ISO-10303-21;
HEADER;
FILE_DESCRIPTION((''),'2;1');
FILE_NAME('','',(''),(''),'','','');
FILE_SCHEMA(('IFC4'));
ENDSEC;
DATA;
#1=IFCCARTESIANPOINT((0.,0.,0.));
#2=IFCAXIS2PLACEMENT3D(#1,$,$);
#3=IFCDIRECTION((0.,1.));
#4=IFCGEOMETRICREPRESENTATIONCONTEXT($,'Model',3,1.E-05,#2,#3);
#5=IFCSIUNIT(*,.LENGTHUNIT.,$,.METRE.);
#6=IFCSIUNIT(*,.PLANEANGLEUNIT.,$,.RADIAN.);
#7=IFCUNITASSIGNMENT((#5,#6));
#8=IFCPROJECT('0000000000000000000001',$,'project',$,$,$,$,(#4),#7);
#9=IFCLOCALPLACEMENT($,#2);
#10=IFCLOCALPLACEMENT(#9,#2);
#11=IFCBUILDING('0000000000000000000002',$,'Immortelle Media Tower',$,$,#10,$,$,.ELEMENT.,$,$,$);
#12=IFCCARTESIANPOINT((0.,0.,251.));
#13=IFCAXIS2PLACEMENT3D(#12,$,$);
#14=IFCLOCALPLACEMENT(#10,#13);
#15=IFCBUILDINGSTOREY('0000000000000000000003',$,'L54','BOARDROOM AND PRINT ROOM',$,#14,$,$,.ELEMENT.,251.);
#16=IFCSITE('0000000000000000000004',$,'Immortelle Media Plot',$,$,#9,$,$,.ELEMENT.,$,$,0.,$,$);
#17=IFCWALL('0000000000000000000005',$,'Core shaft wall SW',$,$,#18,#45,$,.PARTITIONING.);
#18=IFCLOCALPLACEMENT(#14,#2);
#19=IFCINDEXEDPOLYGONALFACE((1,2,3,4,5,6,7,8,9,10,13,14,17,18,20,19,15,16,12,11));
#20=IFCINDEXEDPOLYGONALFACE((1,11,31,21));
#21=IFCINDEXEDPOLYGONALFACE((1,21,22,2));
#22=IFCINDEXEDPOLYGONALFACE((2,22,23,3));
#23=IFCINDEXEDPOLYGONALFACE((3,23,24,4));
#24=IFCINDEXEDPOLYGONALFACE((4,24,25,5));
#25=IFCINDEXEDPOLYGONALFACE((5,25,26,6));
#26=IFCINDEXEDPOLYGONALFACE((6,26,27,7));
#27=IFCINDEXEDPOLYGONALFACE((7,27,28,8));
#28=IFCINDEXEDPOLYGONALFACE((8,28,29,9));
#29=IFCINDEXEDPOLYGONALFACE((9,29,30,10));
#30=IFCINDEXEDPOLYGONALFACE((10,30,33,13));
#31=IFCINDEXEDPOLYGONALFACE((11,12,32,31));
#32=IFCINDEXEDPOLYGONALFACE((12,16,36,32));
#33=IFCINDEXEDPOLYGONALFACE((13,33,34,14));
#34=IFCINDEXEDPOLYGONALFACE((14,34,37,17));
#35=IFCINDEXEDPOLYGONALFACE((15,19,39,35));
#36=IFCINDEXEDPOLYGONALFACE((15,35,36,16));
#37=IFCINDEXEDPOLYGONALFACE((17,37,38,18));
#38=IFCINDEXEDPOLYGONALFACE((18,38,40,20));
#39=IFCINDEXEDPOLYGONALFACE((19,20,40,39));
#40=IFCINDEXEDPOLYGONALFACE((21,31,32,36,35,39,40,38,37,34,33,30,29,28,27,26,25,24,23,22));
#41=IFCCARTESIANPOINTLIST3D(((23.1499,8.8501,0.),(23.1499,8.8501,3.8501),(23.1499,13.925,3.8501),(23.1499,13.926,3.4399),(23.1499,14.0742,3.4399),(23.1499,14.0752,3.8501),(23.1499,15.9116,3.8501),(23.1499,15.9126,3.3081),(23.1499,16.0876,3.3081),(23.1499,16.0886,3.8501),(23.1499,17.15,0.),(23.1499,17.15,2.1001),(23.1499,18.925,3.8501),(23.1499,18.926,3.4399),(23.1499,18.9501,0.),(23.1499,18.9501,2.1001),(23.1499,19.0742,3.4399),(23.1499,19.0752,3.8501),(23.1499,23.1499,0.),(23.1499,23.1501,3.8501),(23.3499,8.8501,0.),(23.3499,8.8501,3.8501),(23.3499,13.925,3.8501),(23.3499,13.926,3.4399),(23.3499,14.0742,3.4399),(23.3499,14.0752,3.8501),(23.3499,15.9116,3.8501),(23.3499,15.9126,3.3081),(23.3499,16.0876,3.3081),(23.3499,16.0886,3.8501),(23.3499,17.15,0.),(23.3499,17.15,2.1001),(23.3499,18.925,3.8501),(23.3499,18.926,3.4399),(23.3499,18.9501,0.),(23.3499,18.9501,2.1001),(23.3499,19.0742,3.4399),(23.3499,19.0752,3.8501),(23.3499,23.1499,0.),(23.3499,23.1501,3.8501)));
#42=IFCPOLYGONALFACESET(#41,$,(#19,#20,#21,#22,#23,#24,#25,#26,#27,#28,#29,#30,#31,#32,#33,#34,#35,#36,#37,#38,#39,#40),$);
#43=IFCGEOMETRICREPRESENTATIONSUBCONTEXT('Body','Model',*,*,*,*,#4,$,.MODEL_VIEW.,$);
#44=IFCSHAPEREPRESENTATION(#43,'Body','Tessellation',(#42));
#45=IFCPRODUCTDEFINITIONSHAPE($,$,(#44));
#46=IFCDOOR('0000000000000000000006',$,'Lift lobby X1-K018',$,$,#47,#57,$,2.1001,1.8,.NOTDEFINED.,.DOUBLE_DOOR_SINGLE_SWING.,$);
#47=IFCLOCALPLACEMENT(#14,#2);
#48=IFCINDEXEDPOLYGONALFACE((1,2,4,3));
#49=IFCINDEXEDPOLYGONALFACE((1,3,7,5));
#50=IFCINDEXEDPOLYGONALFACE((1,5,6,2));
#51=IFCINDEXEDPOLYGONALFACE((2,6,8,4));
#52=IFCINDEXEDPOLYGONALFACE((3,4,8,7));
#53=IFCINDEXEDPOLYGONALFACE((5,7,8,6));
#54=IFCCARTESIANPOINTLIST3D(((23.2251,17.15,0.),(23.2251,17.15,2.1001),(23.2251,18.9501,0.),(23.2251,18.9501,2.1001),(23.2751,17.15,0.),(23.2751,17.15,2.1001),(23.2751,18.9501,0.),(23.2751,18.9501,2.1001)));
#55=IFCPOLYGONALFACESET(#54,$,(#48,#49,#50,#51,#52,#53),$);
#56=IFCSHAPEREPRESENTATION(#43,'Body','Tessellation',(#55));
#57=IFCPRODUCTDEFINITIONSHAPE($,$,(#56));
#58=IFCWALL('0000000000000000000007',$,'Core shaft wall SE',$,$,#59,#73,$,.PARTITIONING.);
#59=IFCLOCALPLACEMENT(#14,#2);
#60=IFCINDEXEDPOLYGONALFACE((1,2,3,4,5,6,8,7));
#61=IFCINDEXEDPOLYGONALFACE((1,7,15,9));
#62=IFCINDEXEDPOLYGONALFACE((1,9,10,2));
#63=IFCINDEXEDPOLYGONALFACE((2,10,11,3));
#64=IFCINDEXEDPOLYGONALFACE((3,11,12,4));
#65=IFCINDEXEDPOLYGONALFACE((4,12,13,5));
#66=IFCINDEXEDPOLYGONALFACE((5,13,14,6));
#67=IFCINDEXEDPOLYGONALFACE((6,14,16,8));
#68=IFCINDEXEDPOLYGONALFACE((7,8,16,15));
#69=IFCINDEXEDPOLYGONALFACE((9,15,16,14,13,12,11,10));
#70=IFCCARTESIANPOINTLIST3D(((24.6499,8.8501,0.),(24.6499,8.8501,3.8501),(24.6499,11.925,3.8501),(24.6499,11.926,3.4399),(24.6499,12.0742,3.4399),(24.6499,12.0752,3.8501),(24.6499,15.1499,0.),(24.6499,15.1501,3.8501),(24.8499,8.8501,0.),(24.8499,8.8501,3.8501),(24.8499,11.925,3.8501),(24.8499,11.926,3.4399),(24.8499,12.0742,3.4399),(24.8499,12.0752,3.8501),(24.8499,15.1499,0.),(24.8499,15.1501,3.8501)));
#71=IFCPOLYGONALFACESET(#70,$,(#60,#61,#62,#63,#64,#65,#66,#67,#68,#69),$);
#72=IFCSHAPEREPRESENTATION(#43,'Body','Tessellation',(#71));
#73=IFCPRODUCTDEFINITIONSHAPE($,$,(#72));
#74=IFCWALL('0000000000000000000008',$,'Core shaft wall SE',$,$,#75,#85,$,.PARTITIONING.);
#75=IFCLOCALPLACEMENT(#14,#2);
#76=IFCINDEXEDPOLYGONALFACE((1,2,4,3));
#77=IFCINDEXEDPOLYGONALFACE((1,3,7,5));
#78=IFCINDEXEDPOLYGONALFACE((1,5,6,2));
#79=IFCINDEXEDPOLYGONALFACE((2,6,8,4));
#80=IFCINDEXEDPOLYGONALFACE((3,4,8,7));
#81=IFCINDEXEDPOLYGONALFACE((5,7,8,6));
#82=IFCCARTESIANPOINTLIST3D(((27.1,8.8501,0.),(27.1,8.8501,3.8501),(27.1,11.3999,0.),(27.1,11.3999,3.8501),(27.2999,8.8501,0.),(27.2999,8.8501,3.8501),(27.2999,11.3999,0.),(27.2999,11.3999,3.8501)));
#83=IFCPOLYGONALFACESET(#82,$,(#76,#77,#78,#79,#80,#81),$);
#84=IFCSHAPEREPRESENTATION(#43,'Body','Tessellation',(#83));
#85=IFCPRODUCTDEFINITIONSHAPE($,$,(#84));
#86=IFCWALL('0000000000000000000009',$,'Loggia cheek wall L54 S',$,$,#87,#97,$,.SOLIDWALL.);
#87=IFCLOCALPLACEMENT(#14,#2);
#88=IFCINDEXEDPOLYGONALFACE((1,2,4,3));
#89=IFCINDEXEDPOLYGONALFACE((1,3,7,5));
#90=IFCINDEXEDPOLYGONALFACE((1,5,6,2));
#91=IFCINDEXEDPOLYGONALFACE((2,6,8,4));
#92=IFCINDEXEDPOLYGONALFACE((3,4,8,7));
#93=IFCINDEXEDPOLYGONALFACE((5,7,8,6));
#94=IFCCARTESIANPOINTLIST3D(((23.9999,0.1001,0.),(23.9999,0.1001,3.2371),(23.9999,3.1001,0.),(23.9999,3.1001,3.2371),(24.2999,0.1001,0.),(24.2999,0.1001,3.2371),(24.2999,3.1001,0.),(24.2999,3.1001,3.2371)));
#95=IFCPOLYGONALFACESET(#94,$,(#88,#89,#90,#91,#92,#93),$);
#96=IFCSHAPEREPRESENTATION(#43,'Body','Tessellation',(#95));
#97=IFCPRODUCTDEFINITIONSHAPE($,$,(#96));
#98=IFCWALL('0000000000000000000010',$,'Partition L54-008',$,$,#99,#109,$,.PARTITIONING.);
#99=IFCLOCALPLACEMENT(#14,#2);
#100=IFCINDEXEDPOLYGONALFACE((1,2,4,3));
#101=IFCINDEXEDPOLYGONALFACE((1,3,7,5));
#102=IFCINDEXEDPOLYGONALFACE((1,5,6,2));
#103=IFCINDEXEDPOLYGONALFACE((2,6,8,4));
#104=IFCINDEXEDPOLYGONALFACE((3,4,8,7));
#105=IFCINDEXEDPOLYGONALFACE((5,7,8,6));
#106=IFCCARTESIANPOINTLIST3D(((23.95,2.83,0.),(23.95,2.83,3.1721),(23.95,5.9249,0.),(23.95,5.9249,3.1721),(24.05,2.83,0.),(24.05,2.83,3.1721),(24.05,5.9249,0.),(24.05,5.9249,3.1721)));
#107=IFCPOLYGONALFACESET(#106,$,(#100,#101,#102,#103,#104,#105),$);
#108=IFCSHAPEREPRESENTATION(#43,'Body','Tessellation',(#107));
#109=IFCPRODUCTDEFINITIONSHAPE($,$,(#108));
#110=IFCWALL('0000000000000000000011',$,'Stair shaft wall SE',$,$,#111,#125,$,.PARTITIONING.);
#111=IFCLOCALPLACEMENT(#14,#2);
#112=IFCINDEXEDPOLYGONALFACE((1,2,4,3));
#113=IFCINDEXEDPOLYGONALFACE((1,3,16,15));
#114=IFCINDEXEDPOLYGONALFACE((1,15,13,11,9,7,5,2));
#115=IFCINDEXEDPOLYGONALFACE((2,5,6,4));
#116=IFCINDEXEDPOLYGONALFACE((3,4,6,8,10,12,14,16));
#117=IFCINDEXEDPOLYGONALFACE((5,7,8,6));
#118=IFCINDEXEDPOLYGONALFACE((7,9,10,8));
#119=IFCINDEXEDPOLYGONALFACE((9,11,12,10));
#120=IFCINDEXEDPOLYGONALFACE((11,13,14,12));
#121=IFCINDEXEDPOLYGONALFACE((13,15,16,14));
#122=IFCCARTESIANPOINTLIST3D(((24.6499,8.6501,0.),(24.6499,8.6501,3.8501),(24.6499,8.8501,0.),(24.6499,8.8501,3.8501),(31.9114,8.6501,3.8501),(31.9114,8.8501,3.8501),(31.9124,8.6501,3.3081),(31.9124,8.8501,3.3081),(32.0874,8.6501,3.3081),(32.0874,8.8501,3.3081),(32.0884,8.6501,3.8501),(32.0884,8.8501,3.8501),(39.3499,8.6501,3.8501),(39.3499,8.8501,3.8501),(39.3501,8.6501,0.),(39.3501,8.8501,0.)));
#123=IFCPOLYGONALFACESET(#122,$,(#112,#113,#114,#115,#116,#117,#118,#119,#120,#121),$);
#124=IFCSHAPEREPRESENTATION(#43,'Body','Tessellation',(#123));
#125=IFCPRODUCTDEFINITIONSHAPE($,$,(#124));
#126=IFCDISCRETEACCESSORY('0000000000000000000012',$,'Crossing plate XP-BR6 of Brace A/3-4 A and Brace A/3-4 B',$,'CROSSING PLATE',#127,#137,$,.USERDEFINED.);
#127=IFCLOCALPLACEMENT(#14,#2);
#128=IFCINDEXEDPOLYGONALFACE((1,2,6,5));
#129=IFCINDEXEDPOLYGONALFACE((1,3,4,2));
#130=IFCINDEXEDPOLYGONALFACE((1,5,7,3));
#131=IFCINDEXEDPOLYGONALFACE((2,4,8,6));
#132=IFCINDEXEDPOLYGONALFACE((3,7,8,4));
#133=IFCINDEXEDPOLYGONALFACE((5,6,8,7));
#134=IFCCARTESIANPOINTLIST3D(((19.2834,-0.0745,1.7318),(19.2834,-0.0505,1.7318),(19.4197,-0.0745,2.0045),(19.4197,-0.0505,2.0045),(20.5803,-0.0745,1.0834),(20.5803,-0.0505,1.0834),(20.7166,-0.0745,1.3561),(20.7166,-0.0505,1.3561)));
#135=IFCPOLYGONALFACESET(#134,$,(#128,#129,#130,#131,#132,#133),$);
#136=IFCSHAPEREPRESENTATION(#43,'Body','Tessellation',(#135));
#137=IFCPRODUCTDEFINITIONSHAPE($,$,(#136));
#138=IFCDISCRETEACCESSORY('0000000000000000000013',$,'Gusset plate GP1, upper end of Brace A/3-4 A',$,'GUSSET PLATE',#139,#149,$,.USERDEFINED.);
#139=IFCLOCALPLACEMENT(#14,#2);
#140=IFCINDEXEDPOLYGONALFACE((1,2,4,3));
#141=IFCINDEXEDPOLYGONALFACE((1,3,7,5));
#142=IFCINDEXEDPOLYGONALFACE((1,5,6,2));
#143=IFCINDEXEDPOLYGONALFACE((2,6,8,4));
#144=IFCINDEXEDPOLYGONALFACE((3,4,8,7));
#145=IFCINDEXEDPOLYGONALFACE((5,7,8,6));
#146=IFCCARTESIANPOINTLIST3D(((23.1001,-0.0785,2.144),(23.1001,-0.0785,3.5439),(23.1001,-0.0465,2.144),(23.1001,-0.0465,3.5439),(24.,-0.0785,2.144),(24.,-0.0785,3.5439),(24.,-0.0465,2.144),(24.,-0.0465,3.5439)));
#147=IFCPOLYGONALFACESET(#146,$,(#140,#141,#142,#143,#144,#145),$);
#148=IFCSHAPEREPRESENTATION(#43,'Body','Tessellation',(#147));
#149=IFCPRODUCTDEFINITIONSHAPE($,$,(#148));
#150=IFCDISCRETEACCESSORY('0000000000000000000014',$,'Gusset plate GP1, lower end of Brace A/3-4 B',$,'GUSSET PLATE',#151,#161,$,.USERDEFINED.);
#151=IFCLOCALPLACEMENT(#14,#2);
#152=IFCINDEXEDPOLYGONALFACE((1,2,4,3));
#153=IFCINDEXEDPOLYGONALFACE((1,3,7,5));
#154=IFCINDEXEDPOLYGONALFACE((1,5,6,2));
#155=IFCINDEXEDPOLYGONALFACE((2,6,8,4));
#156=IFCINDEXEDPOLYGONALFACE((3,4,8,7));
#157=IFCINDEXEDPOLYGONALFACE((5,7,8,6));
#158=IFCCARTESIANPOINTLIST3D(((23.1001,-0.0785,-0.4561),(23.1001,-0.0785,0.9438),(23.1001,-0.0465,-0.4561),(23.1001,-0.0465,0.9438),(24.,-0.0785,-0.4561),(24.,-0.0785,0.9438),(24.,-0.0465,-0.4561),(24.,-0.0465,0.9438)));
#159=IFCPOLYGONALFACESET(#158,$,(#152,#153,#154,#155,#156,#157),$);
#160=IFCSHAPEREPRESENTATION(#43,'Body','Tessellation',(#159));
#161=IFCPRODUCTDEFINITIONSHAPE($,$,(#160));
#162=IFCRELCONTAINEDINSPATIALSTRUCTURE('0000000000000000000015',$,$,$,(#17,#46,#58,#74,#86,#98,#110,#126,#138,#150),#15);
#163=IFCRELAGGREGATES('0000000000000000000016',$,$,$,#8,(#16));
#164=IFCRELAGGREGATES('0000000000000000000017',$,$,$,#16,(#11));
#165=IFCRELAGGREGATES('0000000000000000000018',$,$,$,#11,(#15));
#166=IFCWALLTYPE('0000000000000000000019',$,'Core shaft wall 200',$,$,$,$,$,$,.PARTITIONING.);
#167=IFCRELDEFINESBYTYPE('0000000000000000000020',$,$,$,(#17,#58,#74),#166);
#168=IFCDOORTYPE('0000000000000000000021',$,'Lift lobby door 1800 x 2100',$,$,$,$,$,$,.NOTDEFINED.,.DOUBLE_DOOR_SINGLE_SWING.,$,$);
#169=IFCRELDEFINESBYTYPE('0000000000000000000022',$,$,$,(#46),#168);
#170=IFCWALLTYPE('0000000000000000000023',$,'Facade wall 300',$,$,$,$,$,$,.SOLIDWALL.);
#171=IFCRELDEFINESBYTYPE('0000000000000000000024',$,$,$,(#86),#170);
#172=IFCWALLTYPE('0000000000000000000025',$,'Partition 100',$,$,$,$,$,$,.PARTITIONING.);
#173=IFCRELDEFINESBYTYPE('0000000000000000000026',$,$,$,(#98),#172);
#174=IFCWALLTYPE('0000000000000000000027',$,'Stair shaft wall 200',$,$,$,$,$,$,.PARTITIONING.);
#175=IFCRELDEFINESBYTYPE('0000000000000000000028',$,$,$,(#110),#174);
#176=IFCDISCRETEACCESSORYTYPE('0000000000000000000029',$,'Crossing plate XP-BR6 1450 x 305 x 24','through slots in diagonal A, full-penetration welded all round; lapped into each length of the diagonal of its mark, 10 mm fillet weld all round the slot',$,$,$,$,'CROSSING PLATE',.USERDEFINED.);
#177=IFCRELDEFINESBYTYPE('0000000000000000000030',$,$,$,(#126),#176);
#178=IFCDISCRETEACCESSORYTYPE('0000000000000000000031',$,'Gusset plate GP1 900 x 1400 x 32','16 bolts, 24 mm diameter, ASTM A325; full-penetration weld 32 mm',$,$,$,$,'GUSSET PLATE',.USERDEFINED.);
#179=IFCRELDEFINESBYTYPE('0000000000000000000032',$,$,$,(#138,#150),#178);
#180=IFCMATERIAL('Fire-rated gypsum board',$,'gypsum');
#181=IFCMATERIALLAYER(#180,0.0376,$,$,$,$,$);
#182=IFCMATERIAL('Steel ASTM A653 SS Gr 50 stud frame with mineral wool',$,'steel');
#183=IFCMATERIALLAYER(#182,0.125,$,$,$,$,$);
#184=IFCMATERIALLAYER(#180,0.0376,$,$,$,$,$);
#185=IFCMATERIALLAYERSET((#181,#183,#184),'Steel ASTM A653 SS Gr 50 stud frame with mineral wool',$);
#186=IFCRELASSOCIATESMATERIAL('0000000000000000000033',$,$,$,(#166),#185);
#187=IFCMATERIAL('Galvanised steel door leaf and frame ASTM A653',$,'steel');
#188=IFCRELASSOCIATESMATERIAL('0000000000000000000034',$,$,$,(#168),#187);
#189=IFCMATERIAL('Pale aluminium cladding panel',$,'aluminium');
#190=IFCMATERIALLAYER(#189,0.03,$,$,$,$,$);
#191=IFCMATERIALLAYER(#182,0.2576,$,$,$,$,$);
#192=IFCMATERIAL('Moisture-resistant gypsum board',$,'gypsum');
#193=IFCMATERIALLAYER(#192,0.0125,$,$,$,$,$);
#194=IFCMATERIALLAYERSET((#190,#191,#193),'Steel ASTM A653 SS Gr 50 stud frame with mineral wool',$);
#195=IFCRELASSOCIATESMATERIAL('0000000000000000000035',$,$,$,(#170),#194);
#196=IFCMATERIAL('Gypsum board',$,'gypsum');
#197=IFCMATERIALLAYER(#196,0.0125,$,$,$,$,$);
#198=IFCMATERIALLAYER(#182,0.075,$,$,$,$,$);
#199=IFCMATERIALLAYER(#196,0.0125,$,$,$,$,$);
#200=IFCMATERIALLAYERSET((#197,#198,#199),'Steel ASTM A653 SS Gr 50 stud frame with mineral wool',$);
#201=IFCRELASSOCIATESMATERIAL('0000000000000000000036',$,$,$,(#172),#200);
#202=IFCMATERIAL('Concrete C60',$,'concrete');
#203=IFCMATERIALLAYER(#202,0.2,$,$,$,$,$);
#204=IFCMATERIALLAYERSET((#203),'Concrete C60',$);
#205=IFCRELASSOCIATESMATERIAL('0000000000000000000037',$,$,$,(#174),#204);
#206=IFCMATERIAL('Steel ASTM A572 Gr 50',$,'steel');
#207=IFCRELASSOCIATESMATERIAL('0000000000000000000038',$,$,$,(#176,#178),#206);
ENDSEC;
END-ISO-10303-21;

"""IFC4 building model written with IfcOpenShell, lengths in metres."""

from ifc_helpers import new_model, si_unit, direction, frame, frame_2d, origin, origin_2d, place, context, subcontext, project, spatial, polyline, rectangle, outline, extrude, material, layer, layer_set, material_profile, profile_set, type_object, element, fill, save


model = new_model("IFC4")

# Units and contexts
model_context = context("Model", 3, precision=1e-05, world=origin(), true_north=direction((0.0, 1.0)))
body_context = subcontext(model_context, "Body", "Model", "MODEL_VIEW")
ifc_project = project(units=[si_unit("LENGTHUNIT", "METRE"), si_unit("PLANEANGLEUNIT", "RADIAN")], contexts=[model_context])

# Site, building, storey
site_placement = place(None, origin())
site = spatial("IfcSite", under=ifc_project, at=site_placement, Name="Immortelle Media Plot", CompositionType="ELEMENT", RefElevation=0.0)
building_placement = place(site_placement, origin())
building = spatial("IfcBuilding", under=site, at=building_placement, Name="Immortelle Media Tower", CompositionType="ELEMENT")
storey_placement = place(building_placement, frame((0.0, 0.0, 251.0)))
storey = spatial("IfcBuildingStorey", under=building, at=storey_placement, Name="L54", Description="BOARDROOM AND PRINT ROOM", CompositionType="ELEMENT", Elevation=251.0)

# Shared definitions
ifc_material_1 = material(Name="Fire-rated gypsum board", Category="gypsum")
ifc_layer_1 = layer(ifc_material_1, 0.0376)
ifc_material_2 = material(Name="Steel ASTM A653 SS Gr 50 stud frame with mineral wool", Category="steel")
ifc_layer_2 = layer(ifc_material_2, 0.125)
ifc_layer_3 = layer(ifc_material_1, 0.0376)
ifc_layer_set_1 = layer_set([ifc_layer_1, ifc_layer_2, ifc_layer_3], Name="Steel ASTM A653 SS Gr 50 stud frame with mineral wool")
wall_type_1 = type_object("IfcWallType", Name="Core shaft wall 200", PredefinedType="PARTITIONING", material=ifc_layer_set_1)

# Wall, opening, door
wall_1_placement = place(storey_placement, frame((23.25, 8.8501, 0.0), z_axis=(0.0, 0.0, 1.0), x_axis=(0.0, 1.0, 0.0)))
wall_1 = element("IfcWall", 1, at=wall_1_placement, inside=storey, type_object=wall_type_1, Name="Core shaft wall SW", PredefinedType="PARTITIONING", context=body_context, shape_type="SweptSolid", body=[
    extrude(outline(polyline([(0.0, 0.0), (14.2998, 0.0), (14.3, 3.8501), (10.2251, 3.8501), (10.2241, 3.4399), (10.0759, 3.4399), (10.075, 3.8501), (7.2385, 3.8501), (7.2375, 3.3081), (7.0625, 3.3081), (7.0615, 3.8501), (5.2251, 3.8501), (5.2241, 3.4399), (5.0759, 3.4399), (5.075, 3.8501), (0.0, 3.8501), (0.0, 0.0)])), frame((0.0, 0.1001, 0.0), z_axis=(0.0, -1.0, 0.0), x_axis=(1.0, 0.0, 0.0)), (0.0, 0.0, 1.0), 0.2),
])
opening_1_placement = place(wall_1_placement, frame((8.3, 0.0, 0.0)))
opening_1 = element("IfcOpeningElement", 2, at=opening_1_placement, cuts=wall_1, PredefinedType="OPENING", context=body_context, shape_type="SweptSolid", body=[
    extrude(rectangle(XDim=1.8, YDim=2.1001, at=frame_2d((0.8999, 1.05))), frame((0.0, 0.1099, 0.0), z_axis=(0.0, -1.0, 0.0), x_axis=(1.0, 0.0, 0.0)), (0.0, 0.0, 1.0), 0.22),
])
ifc_material_3 = material(Name="Galvanised steel door leaf and frame ASTM A653", Category="steel")
door_type_1 = type_object("IfcDoorType", Name="Lift lobby door 1800 x 2100", OperationType="DOUBLE_DOOR_SINGLE_SWING", PredefinedType="NOTDEFINED", material=ifc_material_3)
door_1_placement = place(opening_1_placement, origin())
door_1 = element("IfcDoor", 3, at=door_1_placement, inside=storey, type_object=door_type_1, Name="Lift lobby X1-K018", OperationType="DOUBLE_DOOR_SINGLE_SWING", OverallHeight=2.1001, OverallWidth=1.8, PredefinedType="NOTDEFINED", context=body_context, shape_type="SweptSolid", body=[
    extrude(rectangle(XDim=1.8, YDim=2.1001, at=frame_2d((0.8999, 1.05))), frame((0.0, 0.0249, 0.0), z_axis=(0.0, -1.0, 0.0), x_axis=(1.0, 0.0, 0.0)), (0.0, 0.0, 1.0), 0.05),
])
fill(opening_1, door_1)

# Walls
wall_2_placement = place(storey_placement, frame((24.75, 8.8501, 0.0), z_axis=(0.0, 0.0, 1.0), x_axis=(0.0, 1.0, 0.0)))
element("IfcWall", 4, at=wall_2_placement, inside=storey, type_object=wall_type_1, Name="Core shaft wall SE", PredefinedType="PARTITIONING", context=body_context, shape_type="SweptSolid", body=[
    extrude(outline(polyline([(0.0, 0.0), (6.2998, 0.0), (6.3, 3.8501), (3.2251, 3.8501), (3.2241, 3.4399), (3.0759, 3.4399), (3.075, 3.8501), (0.0, 3.8501), (0.0, 0.0)])), frame((0.0, 0.1001, 0.0), z_axis=(0.0, -1.0, 0.0), x_axis=(1.0, 0.0, 0.0)), (0.0, 0.0, 1.0), 0.2),
])
wall_3_placement = place(storey_placement, frame((27.2, 8.8501, 0.0), z_axis=(0.0, 0.0, 1.0), x_axis=(0.0, 1.0, 0.0)))
element("IfcWall", 5, at=wall_3_placement, inside=storey, type_object=wall_type_1, Name="Core shaft wall SE", PredefinedType="PARTITIONING", context=body_context, shape_type="SweptSolid", body=[
    extrude(rectangle(XDim=2.5498, YDim=0.2, at=frame_2d((1.2749, 0.0))), origin(), (0.0, 0.0, 1.0), 3.8501),
])

# Shared definitions
ifc_material_4 = material(Name="Pale aluminium cladding panel", Category="aluminium")
ifc_layer_4 = layer(ifc_material_4, 0.03)
ifc_layer_5 = layer(ifc_material_2, 0.2576)
ifc_material_5 = material(Name="Moisture-resistant gypsum board", Category="gypsum")
ifc_layer_6 = layer(ifc_material_5, 0.0125)
ifc_layer_set_2 = layer_set([ifc_layer_4, ifc_layer_5, ifc_layer_6], Name="Steel ASTM A653 SS Gr 50 stud frame with mineral wool")
wall_type_2 = type_object("IfcWallType", Name="Facade wall 300", PredefinedType="SOLIDWALL", material=ifc_layer_set_2)

# Walls
wall_4_placement = place(storey_placement, frame((24.1499, 0.1001, 0.0), z_axis=(0.0, 0.0, 1.0), x_axis=(0.0, 1.0, 0.0)))
element("IfcWall", 6, at=wall_4_placement, inside=storey, type_object=wall_type_2, Name="Loggia cheek wall L54 S", PredefinedType="SOLIDWALL", context=body_context, shape_type="SweptSolid", body=[
    extrude(rectangle(XDim=3.0, YDim=0.3, at=frame_2d((1.5, 0.0))), origin(), (0.0, 0.0, 1.0), 3.2371),
])
ifc_material_6 = material(Name="Gypsum board", Category="gypsum")
ifc_layer_7 = layer(ifc_material_6, 0.0125)
ifc_layer_8 = layer(ifc_material_2, 0.075)
ifc_layer_9 = layer(ifc_material_6, 0.0125)
ifc_layer_set_3 = layer_set([ifc_layer_7, ifc_layer_8, ifc_layer_9], Name="Steel ASTM A653 SS Gr 50 stud frame with mineral wool")
wall_type_3 = type_object("IfcWallType", Name="Partition 100", PredefinedType="PARTITIONING", material=ifc_layer_set_3)
wall_5_placement = place(storey_placement, frame((24.0, 2.8301, 0.0), z_axis=(0.0, 0.0, 1.0), x_axis=(0.0, 1.0, 0.0)))
element("IfcWall", 7, at=wall_5_placement, inside=storey, type_object=wall_type_3, Name="Partition L54-008", PredefinedType="PARTITIONING", context=body_context, shape_type="SweptSolid", body=[
    extrude(rectangle(XDim=3.095, YDim=0.1001, at=frame_2d((1.5474, 0.0))), origin(), (0.0, 0.0, 1.0), 3.1721),
])
ifc_material_7 = material(Name="Concrete C60", Category="concrete")
ifc_layer_10 = layer(ifc_material_7, 0.2)
ifc_layer_set_4 = layer_set([ifc_layer_10], Name="Concrete C60")
wall_type_4 = type_object("IfcWallType", Name="Stair shaft wall 200", PredefinedType="PARTITIONING", material=ifc_layer_set_4)
wall_6_placement = place(storey_placement, frame((24.6499, 8.75, 0.0), z_axis=(0.0, 0.0, 1.0), x_axis=(1.0, 0.0, 0.0)))
element("IfcWall", 8, at=wall_6_placement, inside=storey, type_object=wall_type_4, Name="Stair shaft wall SE", PredefinedType="PARTITIONING", context=body_context, shape_type="SweptSolid", body=[
    extrude(outline(polyline([(0.0, 0.0), (14.7002, 0.0), (14.7, 3.8501), (7.4385, 3.8501), (7.4375, 3.3081), (7.2625, 3.3081), (7.2615, 3.8501), (0.0, 3.8501), (0.0, 0.0)])), frame((0.0, 0.1001, 0.0), z_axis=(0.0, -1.0, 0.0), x_axis=(1.0, 0.0, 0.0)), (0.0, 0.0, 1.0), 0.2),
])

# Discrete accessories
ifc_material_8 = material(Name="Steel ASTM A572 Gr 50", Category="steel")
ifc_material_profile_1 = material_profile(ifc_material_8, rectangle(XDim=0.0239, YDim=0.3049, at=origin_2d()), Name="PL 24 x 305")
ifc_profile_set_1 = profile_set([ifc_material_profile_1], Name="Steel ASTM A572 Gr 50")
discrete_accessory_type_1 = type_object("IfcDiscreteAccessoryType", Name="Crossing plate XP-BR6 1450 x 305 x 24", Description="through slots in diagonal A, full-penetration welded all round; lapped into each length of the diagonal of its mark, 10 mm fillet weld all round the slot", ElementType="CROSSING PLATE", PredefinedType="USERDEFINED", material=ifc_profile_set_1)
discrete_accessory_placement = place(storey_placement, frame((19.3516, -0.0625, 1.8682), z_axis=(0.894427, 0.0, -0.447214), x_axis=(0.0, 1.0, 0.0)))
element("IfcDiscreteAccessory", 9, at=discrete_accessory_placement, inside=storey, type_object=discrete_accessory_type_1, Name="Crossing plate XP-BR6 of Brace A/3-4 A and Brace A/3-4 B", ObjectType="CROSSING PLATE", PredefinedType="USERDEFINED", context=body_context, shape_type="SweptSolid", body=[
    extrude(rectangle(XDim=0.0239, YDim=0.3049, at=origin_2d()), origin(), (0.0, 0.0, 1.0), 1.45),
])
ifc_material_profile_2 = material_profile(ifc_material_8, rectangle(XDim=0.032, YDim=1.3999, at=origin_2d()), Name="PL 32 x 1400")
ifc_profile_set_2 = profile_set([ifc_material_profile_2], Name="Steel ASTM A572 Gr 50")
discrete_accessory_type_2 = type_object("IfcDiscreteAccessoryType", Name="Gusset plate GP1 900 x 1400 x 32", Description="16 bolts, 24 mm diameter, ASTM A325; full-penetration weld 32 mm", ElementType="GUSSET PLATE", PredefinedType="USERDEFINED", material=ifc_profile_set_2)
for number, where, z_axis, x_axis, name in (
    (10, (24.0, -0.0625, 2.844), (-1.0, 0.0, 0.0), (0.0, -1.0, 0.0), "Gusset plate GP1, upper end of Brace A/3-4 A"),
    (11, (24.0, -0.0625, 0.2439), (-1.0, 0.0, 0.0), (0.0, -1.0, 0.0), "Gusset plate GP1, lower end of Brace A/3-4 B"),
):
    element("IfcDiscreteAccessory", number, at=place(storey_placement, frame(where, z_axis=z_axis, x_axis=x_axis)), inside=storey, type_object=discrete_accessory_type_2, Name=name, ObjectType="GUSSET PLATE", PredefinedType="USERDEFINED", context=body_context, shape_type="SweptSolid", body=[
        extrude(rectangle(XDim=0.032, YDim=1.3999, at=origin_2d()), origin(), (0.0, 0.0, 1.0), 0.8999),
    ])

save(model, "model.ifc")
